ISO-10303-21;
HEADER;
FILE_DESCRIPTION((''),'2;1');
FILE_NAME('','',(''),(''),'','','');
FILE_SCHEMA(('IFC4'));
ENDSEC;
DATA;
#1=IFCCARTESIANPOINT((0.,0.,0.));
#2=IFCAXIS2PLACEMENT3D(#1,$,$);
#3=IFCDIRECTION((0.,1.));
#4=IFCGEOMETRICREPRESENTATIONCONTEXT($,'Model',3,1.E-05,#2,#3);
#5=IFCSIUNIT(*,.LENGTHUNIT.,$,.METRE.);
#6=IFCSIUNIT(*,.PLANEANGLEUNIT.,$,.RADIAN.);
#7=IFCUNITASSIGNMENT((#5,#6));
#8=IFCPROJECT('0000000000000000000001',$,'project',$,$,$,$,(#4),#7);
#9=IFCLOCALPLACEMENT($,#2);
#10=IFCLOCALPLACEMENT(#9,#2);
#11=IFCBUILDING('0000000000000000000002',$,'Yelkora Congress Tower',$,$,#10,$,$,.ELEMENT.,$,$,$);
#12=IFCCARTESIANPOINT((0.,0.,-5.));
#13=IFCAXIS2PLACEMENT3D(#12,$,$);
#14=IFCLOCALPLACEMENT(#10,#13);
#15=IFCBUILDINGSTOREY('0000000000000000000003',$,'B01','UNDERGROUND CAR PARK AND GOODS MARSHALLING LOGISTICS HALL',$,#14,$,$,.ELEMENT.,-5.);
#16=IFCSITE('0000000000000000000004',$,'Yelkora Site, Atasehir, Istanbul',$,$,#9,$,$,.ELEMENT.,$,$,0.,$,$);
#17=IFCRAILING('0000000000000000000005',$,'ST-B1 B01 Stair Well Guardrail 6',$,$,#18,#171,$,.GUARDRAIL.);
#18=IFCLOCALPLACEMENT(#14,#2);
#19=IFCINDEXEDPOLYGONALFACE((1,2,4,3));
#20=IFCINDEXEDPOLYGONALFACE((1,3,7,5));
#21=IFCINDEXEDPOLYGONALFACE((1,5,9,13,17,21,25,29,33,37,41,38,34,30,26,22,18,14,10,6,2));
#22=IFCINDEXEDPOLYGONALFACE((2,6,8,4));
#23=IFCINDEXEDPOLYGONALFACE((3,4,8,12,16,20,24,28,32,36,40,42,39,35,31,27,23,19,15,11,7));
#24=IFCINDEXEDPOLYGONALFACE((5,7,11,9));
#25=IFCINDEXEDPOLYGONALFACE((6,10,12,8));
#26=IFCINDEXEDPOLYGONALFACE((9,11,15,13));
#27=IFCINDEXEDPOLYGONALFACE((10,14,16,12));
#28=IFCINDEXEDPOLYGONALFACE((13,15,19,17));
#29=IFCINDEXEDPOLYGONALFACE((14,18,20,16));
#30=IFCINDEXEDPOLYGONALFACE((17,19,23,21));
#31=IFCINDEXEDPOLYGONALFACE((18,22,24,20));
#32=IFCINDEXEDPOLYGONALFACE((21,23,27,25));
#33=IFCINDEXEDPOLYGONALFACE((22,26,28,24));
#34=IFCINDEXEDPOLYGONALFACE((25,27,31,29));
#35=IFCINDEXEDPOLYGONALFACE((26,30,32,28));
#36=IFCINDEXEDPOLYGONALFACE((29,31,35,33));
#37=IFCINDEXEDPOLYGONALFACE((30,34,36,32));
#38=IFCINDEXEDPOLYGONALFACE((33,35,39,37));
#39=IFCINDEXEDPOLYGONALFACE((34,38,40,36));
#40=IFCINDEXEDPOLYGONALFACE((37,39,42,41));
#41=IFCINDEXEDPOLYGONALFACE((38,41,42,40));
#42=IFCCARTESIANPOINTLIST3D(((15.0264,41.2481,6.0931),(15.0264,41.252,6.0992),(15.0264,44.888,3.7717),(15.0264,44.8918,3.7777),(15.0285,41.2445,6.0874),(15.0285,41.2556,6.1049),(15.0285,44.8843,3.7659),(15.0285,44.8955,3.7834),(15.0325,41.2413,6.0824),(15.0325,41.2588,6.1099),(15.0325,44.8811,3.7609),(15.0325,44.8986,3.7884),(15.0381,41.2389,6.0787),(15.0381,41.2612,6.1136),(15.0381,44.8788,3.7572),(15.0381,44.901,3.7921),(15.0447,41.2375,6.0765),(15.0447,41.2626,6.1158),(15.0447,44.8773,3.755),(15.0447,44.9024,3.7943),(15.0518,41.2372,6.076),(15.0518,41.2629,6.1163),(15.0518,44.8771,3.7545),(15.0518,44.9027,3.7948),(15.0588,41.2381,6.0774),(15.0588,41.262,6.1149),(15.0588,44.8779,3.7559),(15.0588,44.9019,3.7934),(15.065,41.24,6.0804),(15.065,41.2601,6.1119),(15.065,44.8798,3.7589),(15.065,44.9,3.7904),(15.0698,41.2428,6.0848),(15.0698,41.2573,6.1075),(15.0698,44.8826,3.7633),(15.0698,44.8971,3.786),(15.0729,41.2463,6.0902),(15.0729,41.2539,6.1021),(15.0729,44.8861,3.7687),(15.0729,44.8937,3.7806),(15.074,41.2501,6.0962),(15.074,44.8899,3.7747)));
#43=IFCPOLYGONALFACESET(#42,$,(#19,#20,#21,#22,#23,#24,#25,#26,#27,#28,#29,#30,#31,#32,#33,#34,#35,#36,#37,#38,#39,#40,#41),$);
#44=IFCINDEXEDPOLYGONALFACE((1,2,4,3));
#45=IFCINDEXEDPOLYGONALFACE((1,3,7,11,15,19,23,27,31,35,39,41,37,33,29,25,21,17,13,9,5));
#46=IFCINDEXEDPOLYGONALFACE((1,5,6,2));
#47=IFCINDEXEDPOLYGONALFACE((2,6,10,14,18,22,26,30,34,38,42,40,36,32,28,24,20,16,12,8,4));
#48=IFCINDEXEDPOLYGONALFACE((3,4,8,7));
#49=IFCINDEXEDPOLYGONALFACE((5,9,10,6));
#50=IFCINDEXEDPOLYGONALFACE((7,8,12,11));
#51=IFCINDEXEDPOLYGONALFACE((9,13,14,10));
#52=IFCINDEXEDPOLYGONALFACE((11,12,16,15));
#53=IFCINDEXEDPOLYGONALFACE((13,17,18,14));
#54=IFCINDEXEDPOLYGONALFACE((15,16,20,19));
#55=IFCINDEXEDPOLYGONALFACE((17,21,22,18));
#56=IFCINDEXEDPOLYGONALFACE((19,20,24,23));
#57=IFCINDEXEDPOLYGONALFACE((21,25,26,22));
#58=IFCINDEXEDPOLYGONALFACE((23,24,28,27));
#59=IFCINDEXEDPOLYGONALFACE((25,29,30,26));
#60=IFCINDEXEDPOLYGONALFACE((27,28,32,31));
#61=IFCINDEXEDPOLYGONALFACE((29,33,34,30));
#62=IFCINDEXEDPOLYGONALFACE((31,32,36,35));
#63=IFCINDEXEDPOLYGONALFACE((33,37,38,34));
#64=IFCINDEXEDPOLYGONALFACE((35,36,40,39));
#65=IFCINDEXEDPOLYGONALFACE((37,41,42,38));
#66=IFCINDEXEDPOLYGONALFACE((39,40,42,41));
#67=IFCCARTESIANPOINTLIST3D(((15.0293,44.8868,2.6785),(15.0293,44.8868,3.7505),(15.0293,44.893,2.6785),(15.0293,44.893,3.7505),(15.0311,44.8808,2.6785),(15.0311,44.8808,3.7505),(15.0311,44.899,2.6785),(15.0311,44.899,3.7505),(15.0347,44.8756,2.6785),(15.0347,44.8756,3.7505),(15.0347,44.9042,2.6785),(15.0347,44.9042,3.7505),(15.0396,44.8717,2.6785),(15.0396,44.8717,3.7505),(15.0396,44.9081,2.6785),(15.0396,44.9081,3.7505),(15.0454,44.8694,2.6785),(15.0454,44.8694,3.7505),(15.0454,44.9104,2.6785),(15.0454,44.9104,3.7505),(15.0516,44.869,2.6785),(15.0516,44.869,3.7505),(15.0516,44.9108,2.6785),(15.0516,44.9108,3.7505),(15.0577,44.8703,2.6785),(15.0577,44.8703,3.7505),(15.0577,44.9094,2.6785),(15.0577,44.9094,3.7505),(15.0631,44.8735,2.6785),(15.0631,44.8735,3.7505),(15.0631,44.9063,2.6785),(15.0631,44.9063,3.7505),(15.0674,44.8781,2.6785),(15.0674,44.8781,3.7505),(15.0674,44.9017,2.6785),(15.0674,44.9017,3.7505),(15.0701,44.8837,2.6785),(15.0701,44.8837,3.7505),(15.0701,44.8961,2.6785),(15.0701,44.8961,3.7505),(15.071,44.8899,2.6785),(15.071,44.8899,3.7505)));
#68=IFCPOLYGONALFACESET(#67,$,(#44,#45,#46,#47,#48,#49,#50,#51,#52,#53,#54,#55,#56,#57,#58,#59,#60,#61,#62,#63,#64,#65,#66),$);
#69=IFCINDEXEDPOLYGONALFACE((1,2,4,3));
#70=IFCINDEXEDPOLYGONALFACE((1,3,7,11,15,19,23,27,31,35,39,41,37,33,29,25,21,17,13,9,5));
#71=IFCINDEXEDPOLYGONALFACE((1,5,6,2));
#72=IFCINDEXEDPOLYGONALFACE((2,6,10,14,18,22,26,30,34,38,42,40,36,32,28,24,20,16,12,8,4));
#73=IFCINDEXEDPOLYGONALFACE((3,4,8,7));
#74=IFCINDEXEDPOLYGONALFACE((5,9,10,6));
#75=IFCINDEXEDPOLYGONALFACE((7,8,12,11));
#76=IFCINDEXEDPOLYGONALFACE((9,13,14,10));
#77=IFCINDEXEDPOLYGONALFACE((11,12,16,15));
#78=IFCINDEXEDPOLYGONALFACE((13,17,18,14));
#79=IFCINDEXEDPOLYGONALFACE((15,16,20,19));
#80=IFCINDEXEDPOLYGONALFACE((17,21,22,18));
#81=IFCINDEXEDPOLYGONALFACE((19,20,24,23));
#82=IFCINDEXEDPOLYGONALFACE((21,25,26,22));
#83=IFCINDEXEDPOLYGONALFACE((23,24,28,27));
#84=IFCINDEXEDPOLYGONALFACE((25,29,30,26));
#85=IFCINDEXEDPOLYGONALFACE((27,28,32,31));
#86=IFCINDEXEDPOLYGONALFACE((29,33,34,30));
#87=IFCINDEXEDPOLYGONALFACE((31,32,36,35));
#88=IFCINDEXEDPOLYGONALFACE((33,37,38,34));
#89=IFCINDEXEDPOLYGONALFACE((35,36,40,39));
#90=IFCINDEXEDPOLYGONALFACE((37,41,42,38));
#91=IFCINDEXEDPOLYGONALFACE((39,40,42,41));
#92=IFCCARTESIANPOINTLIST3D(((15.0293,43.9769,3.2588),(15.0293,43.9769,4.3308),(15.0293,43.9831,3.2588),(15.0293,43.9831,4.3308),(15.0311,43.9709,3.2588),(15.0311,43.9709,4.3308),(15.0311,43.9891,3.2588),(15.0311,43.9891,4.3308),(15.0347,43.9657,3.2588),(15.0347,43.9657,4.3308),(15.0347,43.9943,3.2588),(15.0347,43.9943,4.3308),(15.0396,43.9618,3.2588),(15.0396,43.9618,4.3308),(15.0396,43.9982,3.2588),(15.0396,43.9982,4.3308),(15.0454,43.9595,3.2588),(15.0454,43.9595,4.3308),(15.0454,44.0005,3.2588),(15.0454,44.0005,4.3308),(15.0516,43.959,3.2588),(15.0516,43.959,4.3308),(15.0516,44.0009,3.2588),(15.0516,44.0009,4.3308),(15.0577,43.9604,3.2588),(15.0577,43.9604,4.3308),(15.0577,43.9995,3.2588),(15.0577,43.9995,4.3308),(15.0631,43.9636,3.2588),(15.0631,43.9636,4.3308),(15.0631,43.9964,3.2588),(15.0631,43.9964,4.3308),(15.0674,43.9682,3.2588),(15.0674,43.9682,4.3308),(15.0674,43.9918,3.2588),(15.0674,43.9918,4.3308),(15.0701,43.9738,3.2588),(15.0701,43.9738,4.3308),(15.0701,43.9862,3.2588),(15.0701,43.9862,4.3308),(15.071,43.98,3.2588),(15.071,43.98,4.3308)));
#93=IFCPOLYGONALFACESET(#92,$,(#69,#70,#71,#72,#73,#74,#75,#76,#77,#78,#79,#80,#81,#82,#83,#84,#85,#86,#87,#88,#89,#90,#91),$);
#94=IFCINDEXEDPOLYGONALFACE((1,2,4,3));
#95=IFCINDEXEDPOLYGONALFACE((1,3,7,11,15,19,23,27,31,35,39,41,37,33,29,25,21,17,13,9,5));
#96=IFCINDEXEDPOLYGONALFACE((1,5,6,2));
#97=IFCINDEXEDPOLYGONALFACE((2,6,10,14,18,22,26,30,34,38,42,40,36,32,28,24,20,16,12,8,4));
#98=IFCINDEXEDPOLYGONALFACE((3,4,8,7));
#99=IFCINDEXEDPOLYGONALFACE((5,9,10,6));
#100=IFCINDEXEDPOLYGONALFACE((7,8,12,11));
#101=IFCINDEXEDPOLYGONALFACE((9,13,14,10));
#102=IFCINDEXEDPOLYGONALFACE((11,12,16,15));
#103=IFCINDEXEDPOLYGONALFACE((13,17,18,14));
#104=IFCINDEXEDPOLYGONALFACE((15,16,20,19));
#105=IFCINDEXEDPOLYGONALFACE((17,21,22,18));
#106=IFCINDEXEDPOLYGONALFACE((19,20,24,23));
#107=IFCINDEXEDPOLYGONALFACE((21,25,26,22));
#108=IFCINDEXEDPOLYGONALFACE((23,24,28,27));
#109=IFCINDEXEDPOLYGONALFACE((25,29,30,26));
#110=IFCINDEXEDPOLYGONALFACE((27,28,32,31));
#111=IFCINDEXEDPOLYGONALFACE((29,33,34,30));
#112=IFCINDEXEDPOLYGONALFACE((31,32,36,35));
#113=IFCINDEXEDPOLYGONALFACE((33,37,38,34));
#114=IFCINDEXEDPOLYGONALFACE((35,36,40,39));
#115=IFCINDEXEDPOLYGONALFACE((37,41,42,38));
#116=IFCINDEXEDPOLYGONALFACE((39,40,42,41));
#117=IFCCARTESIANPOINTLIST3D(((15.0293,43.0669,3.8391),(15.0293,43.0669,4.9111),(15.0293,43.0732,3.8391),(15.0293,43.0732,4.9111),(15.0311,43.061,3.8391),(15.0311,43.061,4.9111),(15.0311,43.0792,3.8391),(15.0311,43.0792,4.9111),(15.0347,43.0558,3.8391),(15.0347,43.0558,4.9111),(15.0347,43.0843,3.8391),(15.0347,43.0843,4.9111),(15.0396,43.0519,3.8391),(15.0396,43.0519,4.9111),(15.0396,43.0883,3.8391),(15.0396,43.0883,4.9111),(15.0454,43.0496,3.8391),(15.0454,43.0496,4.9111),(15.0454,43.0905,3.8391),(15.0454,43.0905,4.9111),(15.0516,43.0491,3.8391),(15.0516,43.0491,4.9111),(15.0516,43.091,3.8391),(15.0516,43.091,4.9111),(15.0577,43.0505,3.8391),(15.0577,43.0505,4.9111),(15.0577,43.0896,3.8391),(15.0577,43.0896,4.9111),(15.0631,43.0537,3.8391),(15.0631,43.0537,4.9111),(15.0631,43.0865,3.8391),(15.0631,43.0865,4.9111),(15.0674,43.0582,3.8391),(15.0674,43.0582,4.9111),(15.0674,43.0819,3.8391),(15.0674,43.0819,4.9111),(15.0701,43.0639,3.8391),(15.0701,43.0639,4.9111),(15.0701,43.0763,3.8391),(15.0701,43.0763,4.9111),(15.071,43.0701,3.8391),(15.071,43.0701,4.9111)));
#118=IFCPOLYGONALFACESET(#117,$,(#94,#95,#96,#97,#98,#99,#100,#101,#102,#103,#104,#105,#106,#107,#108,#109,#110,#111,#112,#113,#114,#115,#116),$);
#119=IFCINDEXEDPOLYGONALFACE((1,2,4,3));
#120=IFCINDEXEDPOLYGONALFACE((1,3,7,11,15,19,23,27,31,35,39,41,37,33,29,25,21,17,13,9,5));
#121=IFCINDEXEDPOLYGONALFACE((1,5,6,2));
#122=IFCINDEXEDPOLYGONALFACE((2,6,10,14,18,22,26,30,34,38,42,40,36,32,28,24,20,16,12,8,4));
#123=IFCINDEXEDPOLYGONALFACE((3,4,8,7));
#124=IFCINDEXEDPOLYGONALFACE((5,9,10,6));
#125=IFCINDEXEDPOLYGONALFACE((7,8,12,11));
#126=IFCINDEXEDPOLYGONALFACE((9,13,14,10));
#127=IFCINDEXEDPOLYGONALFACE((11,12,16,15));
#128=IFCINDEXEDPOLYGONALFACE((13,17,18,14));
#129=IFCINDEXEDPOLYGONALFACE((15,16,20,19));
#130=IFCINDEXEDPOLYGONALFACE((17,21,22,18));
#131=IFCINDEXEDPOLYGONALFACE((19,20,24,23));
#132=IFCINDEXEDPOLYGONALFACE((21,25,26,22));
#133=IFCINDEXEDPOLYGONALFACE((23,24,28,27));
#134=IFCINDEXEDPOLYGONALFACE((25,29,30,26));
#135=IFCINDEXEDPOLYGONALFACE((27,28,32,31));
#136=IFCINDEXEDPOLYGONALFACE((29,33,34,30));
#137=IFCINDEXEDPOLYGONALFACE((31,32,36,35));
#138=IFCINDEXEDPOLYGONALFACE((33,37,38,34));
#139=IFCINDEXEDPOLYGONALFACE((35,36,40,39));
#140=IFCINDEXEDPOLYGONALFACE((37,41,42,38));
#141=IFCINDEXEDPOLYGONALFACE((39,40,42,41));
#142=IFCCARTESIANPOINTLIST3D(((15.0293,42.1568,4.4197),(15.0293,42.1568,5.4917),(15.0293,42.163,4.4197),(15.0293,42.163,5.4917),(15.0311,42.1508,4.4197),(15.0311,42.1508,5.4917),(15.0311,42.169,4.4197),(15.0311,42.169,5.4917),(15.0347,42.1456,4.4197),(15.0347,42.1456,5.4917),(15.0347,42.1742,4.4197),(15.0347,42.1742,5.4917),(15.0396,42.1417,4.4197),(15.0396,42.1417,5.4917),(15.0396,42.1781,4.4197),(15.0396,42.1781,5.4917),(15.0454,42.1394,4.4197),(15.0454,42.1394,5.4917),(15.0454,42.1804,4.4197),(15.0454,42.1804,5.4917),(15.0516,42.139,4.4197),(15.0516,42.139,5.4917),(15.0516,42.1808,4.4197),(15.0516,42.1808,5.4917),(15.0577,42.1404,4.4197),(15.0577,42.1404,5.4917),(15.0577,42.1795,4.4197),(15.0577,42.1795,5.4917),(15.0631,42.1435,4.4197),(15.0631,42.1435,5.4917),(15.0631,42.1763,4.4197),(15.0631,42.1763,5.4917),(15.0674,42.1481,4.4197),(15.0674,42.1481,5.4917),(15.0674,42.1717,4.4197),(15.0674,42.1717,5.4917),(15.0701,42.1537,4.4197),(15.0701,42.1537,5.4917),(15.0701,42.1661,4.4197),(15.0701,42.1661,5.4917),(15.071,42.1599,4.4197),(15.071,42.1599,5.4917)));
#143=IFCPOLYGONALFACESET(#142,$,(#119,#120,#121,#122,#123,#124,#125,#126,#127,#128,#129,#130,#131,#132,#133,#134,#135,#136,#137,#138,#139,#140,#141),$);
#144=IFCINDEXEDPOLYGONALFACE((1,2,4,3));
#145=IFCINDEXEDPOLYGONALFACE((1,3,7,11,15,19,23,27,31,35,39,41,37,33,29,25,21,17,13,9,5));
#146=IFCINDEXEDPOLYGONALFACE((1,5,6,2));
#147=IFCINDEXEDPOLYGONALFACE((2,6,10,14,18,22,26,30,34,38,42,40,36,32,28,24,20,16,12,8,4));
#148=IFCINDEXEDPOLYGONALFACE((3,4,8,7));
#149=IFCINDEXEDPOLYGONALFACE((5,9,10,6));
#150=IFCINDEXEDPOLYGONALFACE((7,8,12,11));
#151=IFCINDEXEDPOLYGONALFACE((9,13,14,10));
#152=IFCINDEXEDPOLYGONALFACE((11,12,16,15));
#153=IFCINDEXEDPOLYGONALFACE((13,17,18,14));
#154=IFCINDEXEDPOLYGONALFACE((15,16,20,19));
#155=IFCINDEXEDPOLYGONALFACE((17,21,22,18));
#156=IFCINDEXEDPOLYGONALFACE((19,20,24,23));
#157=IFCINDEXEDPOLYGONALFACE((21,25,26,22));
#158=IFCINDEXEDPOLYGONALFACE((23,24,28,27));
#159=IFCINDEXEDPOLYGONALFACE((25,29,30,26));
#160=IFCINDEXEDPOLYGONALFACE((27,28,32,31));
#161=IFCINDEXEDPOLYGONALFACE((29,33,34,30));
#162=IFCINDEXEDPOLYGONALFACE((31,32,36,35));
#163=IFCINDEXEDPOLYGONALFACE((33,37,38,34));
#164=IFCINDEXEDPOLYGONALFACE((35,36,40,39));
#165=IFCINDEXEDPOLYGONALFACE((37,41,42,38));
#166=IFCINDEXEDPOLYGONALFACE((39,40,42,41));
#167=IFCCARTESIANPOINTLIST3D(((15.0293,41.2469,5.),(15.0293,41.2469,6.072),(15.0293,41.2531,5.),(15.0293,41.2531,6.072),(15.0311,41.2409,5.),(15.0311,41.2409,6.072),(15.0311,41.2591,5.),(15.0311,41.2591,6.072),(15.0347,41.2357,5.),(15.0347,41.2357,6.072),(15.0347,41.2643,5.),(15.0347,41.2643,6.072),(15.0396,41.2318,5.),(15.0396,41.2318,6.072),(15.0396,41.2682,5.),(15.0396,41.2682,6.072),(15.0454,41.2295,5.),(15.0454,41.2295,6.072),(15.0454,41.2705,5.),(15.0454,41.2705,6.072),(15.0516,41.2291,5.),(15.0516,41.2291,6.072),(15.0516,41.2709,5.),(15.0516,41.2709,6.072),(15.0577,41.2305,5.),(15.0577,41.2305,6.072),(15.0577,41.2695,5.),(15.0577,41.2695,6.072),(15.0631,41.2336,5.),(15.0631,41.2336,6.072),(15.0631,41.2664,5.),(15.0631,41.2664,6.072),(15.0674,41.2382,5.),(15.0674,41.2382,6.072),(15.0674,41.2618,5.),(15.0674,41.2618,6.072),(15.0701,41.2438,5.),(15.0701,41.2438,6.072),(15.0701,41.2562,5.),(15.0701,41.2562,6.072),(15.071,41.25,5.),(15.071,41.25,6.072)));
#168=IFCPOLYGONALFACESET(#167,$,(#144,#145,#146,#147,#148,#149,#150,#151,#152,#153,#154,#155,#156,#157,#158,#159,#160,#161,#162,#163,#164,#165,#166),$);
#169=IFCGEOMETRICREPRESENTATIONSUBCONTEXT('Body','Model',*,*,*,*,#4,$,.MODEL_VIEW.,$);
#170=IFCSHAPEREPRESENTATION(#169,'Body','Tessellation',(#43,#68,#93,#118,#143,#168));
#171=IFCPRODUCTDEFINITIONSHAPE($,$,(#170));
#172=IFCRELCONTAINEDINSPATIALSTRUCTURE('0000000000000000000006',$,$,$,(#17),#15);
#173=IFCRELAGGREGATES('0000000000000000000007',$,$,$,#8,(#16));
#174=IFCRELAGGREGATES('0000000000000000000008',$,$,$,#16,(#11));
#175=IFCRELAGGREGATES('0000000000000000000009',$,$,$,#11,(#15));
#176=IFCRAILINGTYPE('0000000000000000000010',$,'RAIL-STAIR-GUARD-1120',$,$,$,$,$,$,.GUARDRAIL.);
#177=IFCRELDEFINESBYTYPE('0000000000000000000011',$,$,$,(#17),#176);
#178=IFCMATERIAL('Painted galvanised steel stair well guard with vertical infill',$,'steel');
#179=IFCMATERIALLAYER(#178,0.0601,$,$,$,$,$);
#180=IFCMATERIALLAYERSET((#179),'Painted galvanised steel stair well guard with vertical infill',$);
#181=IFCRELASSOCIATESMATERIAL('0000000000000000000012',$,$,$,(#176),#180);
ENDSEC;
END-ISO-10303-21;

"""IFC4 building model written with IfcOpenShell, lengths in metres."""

from ifc_helpers import new_model, si_unit, direction, frame, origin, origin_2d, place, context, subcontext, project, spatial, circle, extrude, material, layer, layer_set, type_object, element, save


model = new_model("IFC4")

# Units and contexts
model_context = context("Model", 3, precision=1e-05, world=origin(), true_north=direction((0.0, 1.0)))
body_context = subcontext(model_context, "Body", "Model", "MODEL_VIEW")
ifc_project = project(units=[si_unit("LENGTHUNIT", "METRE"), si_unit("PLANEANGLEUNIT", "RADIAN")], contexts=[model_context])

# Site, building, storey
site_placement = place(None, origin())
site = spatial("IfcSite", under=ifc_project, at=site_placement, Name="Yelkora Site, Atasehir, Istanbul", CompositionType="ELEMENT", RefElevation=0.0)
building_placement = place(site_placement, origin())
building = spatial("IfcBuilding", under=site, at=building_placement, Name="Yelkora Congress Tower", CompositionType="ELEMENT")
storey_placement = place(building_placement, frame((0.0, 0.0, -5.0)))
storey = spatial("IfcBuildingStorey", under=building, at=storey_placement, Name="B01", Description="UNDERGROUND CAR PARK AND GOODS MARSHALLING LOGISTICS HALL", CompositionType="ELEMENT", Elevation=-5.0)

# Railing
ifc_material_1 = material(Name="Painted galvanised steel stair well guard with vertical infill", Category="steel")
ifc_layer_1 = layer(ifc_material_1, 0.0601)
ifc_layer_set_1 = layer_set([ifc_layer_1], Name="Painted galvanised steel stair well guard with vertical infill")
railing_type_1 = type_object("IfcRailingType", Name="RAIL-STAIR-GUARD-1120", PredefinedType="GUARDRAIL", material=ifc_layer_set_1)
railing_1_placement = place(storey_placement, frame((15.05, 44.8899, 2.6785)))
element("IfcRailing", 1, at=railing_1_placement, inside=storey, type_object=railing_type_1, Name="ST-B1 B01 Stair Well Guardrail 6", PredefinedType="GUARDRAIL", context=body_context, shape_type="SweptSolid", body=[
    extrude(circle(Radius=0.0239, at=origin_2d()), frame((0.0, 0.0, 1.0962), z_axis=(0.0, -0.843112, 0.537739), x_axis=(1.0, 0.0, 0.0)), (0.0, 0.0, 1.0), 4.3171),
    extrude(circle(Radius=0.021, at=origin_2d()), origin(), (0.0, 0.0, 1.0), 1.072),
    extrude(circle(Radius=0.021, at=origin_2d()), frame((0.0, -0.9099, 0.5803)), (0.0, 0.0, 1.0), 1.072),
    extrude(circle(Radius=0.021, at=origin_2d()), frame((0.0, -1.8198, 1.1606)), (0.0, 0.0, 1.0), 1.072),
    extrude(circle(Radius=0.021, at=origin_2d()), frame((0.0, -2.73, 1.7412)), (0.0, 0.0, 1.0), 1.072),
    extrude(circle(Radius=0.021, at=origin_2d()), frame((0.0, -3.6399, 2.3215)), (0.0, 0.0, 1.0), 1.072),
])

save(model, "model.ifc")
